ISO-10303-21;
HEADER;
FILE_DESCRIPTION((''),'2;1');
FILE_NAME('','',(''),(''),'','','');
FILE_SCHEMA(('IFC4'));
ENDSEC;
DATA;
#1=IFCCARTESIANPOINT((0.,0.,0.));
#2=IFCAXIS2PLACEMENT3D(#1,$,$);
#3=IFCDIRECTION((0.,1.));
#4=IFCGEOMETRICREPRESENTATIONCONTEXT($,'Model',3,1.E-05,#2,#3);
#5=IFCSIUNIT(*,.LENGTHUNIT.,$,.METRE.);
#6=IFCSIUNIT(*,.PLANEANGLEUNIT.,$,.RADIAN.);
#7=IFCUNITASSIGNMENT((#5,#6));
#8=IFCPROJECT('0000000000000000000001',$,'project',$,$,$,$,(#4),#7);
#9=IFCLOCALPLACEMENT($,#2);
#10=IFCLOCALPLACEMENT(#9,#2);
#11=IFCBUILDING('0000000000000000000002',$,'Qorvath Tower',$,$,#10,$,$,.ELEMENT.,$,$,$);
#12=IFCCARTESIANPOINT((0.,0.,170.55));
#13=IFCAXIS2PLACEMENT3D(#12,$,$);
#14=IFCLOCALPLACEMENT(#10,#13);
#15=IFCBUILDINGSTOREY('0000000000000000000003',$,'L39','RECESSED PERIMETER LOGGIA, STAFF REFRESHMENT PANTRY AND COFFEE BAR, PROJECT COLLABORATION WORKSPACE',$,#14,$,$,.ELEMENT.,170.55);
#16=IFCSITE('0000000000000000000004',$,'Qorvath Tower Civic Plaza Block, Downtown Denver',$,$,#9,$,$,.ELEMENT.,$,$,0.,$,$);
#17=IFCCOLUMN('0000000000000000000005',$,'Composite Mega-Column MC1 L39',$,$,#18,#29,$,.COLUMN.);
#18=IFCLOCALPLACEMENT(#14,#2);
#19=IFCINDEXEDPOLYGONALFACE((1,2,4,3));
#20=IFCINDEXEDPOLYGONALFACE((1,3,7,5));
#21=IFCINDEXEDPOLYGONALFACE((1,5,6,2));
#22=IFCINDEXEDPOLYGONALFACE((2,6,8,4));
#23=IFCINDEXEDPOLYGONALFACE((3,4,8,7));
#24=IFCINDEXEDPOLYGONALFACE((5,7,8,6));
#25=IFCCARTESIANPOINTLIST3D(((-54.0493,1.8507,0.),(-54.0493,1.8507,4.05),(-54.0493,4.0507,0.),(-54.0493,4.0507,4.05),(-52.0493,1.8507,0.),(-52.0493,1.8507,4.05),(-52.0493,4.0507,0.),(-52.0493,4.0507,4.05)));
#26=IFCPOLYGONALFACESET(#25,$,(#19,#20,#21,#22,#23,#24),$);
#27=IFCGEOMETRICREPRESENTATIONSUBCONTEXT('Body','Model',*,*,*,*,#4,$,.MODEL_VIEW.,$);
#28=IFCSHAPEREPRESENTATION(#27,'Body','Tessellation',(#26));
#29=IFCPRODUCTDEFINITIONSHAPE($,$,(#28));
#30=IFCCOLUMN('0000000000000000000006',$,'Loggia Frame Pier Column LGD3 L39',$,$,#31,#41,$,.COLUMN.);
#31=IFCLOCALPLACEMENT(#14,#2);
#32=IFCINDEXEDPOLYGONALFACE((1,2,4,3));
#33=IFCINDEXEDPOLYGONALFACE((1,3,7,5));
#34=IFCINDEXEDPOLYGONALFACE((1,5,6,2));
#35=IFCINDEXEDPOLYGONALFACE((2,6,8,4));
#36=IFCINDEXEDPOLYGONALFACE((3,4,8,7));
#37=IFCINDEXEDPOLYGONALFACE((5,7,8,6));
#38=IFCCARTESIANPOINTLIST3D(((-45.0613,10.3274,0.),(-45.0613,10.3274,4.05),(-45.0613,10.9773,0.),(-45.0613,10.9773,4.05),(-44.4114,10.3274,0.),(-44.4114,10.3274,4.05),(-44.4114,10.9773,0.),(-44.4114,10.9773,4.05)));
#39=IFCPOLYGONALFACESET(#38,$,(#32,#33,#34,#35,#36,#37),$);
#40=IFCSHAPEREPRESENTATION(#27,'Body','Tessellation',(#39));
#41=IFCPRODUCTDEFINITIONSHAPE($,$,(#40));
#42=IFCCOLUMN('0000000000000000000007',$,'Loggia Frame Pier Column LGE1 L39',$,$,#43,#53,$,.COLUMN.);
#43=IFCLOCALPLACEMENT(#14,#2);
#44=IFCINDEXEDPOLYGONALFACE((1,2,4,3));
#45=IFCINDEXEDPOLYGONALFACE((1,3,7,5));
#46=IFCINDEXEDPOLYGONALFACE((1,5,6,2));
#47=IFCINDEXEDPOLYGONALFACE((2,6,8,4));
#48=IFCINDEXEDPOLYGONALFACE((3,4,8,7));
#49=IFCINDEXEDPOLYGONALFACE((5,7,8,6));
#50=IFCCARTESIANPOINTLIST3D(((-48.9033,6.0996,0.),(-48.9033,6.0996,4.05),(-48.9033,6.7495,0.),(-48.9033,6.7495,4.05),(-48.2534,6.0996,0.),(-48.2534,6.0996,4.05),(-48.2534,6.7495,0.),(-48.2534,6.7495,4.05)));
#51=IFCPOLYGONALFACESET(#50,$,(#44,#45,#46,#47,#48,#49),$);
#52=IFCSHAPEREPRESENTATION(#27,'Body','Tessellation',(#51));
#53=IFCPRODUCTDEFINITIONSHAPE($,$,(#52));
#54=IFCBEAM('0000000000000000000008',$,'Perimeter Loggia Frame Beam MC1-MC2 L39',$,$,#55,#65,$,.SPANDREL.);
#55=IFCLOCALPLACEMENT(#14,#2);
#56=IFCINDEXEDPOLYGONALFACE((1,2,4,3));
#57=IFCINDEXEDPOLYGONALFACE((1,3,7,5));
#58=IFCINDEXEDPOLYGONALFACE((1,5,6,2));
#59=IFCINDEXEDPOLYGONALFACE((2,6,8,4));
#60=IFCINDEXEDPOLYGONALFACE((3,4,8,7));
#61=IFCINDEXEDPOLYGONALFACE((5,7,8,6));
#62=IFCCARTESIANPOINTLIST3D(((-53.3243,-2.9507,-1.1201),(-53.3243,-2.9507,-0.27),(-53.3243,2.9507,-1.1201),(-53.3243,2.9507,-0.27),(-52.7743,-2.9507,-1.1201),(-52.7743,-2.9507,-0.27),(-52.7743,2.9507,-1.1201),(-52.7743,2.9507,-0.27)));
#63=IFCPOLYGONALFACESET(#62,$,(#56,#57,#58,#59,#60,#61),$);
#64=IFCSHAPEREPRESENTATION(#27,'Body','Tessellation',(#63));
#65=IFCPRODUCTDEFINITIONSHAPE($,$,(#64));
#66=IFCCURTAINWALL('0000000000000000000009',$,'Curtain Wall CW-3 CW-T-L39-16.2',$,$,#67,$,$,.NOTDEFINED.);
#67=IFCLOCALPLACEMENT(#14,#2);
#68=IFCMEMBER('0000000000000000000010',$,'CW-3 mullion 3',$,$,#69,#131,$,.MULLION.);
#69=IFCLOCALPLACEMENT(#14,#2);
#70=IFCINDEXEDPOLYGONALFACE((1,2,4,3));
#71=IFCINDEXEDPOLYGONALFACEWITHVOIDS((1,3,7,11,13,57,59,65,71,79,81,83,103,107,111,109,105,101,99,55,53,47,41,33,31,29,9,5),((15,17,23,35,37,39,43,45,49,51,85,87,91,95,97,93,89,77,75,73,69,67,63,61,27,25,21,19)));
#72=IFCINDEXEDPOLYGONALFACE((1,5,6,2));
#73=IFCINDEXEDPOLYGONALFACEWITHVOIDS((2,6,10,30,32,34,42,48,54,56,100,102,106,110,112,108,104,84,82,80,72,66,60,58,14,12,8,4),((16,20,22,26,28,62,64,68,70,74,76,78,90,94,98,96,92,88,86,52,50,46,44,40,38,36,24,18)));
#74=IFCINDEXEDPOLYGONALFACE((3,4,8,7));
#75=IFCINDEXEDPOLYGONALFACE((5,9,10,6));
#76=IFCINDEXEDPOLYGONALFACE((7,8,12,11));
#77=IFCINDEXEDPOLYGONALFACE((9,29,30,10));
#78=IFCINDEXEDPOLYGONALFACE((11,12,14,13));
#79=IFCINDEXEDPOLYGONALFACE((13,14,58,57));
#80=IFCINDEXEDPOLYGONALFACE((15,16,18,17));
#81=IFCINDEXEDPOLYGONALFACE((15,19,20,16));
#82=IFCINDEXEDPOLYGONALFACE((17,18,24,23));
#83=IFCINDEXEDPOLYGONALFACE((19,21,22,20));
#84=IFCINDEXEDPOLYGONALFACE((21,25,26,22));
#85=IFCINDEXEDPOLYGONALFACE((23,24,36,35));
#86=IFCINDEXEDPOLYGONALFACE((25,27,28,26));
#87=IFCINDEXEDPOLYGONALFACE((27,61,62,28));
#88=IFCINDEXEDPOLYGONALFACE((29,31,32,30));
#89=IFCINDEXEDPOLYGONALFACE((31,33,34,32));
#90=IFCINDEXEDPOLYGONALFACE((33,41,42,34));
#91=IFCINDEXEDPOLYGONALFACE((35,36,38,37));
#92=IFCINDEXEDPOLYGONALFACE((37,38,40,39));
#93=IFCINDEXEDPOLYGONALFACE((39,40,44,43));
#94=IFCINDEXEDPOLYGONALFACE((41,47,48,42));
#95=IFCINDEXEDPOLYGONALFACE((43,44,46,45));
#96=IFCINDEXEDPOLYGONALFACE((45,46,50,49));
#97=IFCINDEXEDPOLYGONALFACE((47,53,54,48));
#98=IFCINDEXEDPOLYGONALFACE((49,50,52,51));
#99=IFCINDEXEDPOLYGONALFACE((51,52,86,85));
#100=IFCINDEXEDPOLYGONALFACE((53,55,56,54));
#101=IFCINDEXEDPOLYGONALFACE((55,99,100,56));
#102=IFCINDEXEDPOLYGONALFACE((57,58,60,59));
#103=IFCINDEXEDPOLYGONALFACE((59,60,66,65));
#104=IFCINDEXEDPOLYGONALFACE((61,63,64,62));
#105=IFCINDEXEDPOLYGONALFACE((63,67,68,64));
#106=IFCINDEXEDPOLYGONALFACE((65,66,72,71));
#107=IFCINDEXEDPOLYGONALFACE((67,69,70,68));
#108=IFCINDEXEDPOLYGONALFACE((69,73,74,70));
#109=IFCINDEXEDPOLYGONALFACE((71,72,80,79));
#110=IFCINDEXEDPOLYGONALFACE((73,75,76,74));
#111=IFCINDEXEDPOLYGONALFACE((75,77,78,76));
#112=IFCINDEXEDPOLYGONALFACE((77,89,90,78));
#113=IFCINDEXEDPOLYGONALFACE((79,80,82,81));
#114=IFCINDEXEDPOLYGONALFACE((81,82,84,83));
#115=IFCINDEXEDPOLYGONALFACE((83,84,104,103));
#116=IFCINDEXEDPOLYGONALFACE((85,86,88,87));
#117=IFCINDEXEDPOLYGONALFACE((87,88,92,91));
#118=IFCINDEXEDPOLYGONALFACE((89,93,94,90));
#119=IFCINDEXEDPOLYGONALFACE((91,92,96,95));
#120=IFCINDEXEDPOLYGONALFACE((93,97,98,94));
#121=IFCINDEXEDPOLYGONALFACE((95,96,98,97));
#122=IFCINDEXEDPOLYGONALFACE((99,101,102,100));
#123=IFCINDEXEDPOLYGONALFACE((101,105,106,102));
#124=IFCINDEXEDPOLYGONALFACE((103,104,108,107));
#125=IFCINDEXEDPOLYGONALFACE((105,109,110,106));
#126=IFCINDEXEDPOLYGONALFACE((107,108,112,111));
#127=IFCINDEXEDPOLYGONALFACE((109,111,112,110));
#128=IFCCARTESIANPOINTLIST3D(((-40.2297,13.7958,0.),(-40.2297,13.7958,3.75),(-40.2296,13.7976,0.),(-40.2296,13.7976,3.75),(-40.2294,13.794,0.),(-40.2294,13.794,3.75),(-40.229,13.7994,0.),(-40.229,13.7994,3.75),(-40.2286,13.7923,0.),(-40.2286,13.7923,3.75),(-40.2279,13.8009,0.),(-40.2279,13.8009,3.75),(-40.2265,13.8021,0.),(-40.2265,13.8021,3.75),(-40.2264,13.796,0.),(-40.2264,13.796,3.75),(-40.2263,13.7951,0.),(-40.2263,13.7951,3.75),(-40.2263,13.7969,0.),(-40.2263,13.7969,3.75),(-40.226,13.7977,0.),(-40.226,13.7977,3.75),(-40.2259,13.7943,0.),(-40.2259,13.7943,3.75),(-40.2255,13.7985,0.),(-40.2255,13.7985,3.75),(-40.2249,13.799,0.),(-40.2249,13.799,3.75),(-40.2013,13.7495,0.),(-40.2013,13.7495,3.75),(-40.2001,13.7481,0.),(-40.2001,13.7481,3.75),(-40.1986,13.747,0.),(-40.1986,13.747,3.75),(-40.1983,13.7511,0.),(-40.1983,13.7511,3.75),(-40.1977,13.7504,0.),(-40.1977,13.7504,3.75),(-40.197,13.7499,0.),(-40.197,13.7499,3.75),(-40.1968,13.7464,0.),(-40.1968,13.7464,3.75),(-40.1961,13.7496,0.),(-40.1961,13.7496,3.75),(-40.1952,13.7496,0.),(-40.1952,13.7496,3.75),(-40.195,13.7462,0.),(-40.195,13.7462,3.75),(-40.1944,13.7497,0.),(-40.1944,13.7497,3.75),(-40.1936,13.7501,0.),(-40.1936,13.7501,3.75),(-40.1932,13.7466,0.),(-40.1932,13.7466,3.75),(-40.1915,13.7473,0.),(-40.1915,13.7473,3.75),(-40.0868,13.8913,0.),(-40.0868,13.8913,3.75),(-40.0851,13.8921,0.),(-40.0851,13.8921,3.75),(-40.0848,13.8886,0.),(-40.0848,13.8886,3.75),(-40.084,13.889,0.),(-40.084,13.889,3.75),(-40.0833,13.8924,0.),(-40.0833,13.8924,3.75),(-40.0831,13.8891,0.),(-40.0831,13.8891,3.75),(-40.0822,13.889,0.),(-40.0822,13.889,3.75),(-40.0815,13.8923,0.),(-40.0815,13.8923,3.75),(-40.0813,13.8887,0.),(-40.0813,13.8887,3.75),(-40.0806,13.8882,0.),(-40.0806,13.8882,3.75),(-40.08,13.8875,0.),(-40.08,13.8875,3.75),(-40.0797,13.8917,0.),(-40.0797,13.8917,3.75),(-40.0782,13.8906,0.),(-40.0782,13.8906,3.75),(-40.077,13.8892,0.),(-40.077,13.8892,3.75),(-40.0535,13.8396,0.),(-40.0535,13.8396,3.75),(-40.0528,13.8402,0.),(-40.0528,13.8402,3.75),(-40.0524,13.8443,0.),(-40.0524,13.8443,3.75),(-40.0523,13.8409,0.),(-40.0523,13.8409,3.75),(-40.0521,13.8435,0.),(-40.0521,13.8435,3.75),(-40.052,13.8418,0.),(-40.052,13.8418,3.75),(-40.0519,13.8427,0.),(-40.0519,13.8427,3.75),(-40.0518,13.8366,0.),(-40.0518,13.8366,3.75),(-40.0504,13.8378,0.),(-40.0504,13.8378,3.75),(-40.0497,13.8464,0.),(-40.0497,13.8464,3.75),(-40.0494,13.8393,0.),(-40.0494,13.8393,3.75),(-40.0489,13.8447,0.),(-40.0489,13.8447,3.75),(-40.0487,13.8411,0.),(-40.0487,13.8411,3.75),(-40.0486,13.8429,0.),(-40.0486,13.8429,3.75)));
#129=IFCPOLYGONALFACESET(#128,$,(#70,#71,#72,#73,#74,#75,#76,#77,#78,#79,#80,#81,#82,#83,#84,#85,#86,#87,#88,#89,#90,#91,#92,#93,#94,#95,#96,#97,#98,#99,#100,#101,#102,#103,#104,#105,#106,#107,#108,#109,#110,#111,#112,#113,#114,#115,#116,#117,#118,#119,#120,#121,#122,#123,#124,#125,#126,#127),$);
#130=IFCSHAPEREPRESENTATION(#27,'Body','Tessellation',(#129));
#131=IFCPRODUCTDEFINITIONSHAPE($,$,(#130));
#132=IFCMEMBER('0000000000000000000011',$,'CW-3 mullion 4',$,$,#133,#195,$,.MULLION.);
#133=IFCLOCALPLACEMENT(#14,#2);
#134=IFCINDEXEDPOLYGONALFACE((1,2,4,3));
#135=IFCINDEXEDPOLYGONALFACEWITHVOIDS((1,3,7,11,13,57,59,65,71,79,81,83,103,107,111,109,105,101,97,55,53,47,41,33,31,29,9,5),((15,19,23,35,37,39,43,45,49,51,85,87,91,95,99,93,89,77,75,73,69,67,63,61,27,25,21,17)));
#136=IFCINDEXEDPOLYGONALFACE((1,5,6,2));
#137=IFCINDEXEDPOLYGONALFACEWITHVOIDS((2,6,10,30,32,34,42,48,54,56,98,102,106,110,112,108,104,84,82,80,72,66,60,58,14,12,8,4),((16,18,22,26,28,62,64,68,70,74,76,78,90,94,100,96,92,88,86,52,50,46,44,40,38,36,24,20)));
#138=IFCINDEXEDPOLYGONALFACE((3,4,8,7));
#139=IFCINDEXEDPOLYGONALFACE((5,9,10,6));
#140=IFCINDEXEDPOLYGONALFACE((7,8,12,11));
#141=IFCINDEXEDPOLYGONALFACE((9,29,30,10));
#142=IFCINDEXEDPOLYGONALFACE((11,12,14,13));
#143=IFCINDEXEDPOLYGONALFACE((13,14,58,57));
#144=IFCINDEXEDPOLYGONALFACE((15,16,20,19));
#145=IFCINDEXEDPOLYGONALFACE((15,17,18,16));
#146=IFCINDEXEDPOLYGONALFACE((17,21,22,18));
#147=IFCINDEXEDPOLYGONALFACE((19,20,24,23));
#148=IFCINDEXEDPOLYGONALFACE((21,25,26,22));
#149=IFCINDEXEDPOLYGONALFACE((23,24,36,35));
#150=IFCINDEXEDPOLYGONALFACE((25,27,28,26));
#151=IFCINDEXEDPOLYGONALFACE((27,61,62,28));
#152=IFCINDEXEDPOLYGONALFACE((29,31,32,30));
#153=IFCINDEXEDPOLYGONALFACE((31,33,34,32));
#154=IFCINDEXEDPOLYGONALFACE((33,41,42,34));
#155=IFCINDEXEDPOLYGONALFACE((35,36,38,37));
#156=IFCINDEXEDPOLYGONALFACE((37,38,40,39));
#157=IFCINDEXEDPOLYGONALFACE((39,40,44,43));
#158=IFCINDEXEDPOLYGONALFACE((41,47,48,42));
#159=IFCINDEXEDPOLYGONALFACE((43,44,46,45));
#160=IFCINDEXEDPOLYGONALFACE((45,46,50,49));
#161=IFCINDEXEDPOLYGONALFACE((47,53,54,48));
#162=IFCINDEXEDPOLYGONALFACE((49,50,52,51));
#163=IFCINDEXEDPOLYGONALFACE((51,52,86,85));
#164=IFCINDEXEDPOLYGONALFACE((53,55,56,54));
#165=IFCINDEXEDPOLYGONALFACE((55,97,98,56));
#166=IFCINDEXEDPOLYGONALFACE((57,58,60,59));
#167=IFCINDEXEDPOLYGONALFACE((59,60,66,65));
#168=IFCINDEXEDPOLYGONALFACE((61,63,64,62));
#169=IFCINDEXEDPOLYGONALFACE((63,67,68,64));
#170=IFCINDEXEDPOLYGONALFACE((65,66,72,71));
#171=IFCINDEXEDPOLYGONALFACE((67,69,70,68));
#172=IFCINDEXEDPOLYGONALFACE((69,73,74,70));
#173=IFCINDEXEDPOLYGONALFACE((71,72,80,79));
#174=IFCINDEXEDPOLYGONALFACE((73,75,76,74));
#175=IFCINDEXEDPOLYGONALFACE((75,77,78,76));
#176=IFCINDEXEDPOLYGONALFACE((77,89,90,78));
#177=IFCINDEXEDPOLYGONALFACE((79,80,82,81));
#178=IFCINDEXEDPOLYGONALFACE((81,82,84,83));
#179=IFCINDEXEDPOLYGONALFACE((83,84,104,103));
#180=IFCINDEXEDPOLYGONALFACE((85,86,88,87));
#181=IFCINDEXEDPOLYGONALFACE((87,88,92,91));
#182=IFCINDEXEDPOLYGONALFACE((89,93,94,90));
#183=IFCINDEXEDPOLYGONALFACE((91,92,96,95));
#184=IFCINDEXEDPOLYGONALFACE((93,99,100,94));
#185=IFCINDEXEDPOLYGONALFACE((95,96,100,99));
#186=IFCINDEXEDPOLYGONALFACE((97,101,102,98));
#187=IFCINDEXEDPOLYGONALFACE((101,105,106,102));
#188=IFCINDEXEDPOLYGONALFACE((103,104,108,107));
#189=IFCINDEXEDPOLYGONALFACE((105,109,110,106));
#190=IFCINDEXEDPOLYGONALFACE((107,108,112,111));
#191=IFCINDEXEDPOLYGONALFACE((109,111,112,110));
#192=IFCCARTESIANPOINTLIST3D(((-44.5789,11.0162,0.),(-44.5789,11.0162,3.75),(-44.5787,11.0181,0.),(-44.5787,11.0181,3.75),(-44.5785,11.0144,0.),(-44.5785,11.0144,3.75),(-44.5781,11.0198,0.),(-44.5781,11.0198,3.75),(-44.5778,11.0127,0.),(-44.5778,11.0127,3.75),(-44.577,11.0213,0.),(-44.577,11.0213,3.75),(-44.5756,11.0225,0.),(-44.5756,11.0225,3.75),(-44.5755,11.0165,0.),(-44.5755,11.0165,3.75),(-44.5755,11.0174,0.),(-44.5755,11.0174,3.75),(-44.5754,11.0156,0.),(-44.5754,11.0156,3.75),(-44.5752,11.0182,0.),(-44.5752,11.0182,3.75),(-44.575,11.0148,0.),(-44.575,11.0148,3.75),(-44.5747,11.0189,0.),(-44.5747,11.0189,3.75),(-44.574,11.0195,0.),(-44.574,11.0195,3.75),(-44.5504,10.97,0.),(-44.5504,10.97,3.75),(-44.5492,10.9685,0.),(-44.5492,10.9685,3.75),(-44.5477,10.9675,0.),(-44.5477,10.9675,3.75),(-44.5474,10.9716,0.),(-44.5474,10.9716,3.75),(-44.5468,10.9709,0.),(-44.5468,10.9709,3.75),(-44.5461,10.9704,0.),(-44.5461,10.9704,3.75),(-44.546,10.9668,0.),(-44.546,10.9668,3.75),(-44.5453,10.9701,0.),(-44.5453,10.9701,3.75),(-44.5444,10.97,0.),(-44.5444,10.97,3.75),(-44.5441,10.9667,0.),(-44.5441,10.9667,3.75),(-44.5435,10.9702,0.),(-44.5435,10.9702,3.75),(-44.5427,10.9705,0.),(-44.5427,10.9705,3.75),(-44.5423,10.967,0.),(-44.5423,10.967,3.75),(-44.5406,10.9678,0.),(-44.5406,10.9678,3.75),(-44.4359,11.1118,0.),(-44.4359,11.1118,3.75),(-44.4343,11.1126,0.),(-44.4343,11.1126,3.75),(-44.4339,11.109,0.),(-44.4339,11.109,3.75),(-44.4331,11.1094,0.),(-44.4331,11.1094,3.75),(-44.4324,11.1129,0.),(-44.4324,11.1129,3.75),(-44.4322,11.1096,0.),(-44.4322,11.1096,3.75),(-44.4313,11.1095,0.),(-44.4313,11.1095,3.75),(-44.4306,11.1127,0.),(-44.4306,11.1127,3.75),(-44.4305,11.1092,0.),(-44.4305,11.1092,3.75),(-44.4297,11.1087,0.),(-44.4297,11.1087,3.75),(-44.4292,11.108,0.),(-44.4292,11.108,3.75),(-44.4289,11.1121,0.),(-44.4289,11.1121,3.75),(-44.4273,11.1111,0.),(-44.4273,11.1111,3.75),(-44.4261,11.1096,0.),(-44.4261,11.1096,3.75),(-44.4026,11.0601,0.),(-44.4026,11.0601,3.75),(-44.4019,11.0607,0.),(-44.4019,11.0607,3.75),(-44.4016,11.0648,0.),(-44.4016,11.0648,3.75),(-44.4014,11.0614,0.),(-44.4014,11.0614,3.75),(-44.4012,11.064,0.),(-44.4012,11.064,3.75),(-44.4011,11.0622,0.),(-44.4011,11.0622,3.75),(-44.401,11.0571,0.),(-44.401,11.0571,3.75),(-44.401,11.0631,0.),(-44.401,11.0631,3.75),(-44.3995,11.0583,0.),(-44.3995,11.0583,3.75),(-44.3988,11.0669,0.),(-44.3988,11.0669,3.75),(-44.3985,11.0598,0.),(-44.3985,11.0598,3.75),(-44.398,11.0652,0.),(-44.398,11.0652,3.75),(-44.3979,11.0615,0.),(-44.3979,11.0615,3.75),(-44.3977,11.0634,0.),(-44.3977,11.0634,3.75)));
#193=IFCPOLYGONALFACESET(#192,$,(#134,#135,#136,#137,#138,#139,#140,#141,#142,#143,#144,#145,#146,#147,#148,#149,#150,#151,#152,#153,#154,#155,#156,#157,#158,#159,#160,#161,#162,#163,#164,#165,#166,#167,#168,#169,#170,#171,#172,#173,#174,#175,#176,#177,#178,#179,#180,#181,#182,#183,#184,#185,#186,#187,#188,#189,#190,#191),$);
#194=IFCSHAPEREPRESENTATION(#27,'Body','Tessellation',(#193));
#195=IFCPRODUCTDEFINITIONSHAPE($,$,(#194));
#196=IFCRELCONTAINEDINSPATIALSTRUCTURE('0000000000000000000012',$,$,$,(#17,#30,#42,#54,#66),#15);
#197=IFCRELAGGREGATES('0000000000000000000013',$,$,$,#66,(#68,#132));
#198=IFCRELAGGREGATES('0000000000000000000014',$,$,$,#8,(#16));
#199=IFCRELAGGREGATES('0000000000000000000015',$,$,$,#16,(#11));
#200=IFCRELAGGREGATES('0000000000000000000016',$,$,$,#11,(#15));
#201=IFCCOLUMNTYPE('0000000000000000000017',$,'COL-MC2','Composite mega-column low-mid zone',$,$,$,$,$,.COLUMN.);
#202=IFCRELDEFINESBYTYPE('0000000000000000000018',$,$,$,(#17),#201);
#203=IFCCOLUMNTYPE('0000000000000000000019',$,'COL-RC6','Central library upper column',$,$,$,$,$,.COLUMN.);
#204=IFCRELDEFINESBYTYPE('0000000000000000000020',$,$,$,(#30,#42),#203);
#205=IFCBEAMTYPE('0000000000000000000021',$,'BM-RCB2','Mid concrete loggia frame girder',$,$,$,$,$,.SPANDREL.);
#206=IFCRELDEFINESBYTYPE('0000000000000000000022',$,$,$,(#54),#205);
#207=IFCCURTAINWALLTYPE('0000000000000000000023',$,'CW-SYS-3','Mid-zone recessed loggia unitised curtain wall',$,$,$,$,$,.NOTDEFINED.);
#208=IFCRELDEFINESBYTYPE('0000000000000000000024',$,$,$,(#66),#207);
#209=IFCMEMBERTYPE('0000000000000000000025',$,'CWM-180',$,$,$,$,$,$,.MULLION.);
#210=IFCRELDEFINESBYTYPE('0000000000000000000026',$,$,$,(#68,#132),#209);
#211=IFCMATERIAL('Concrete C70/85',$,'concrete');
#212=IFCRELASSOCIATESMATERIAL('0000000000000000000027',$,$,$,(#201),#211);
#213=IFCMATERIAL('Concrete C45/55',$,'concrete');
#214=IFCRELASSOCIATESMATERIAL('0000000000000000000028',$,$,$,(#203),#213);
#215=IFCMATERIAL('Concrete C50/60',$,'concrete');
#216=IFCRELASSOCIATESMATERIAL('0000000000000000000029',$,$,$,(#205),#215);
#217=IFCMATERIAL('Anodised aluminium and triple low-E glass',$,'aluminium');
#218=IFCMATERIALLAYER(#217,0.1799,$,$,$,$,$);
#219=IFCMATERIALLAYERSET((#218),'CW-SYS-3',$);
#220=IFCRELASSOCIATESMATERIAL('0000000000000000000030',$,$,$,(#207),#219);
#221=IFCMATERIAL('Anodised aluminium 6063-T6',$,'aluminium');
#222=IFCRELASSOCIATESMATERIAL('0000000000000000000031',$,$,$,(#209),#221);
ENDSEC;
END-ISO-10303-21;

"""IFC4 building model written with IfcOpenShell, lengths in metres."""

from ifc_helpers import new_model, si_unit, direction, frame, origin, origin_2d, place, context, subcontext, project, spatial, rectangle, hollow_rectangle, extrude, material, layer, layer_set, material_profile, profile_set, type_object, element, aggregate, save


model = new_model("IFC4")

# Units and contexts
model_context = context("Model", 3, precision=1e-05, world=origin(), true_north=direction((0.0, 1.0)))
body_context = subcontext(model_context, "Body", "Model", "MODEL_VIEW")
ifc_project = project(units=[si_unit("LENGTHUNIT", "METRE"), si_unit("PLANEANGLEUNIT", "RADIAN")], contexts=[model_context])

# Site, building, storey
site_placement = place(None, origin())
site = spatial("IfcSite", under=ifc_project, at=site_placement, Name="Qorvath Tower Civic Plaza Block, Downtown Denver", CompositionType="ELEMENT", RefElevation=0.0)
building_placement = place(site_placement, origin())
building = spatial("IfcBuilding", under=site, at=building_placement, Name="Qorvath Tower", CompositionType="ELEMENT")
storey_placement = place(building_placement, frame((0.0, 0.0, 170.55)))
storey = spatial("IfcBuildingStorey", under=building, at=storey_placement, Name="L39", Description="RECESSED PERIMETER LOGGIA, STAFF REFRESHMENT PANTRY AND COFFEE BAR, PROJECT COLLABORATION WORKSPACE", CompositionType="ELEMENT", Elevation=170.55)

# Columns
ifc_material_1 = material(Name="Concrete C70/85", Category="concrete")
ifc_material_profile_1 = material_profile(ifc_material_1, rectangle(XDim=2.0, YDim=2.2, at=origin_2d()), Name="MC 2200x2000")
ifc_profile_set_1 = profile_set([ifc_material_profile_1], Name="Concrete C70/85")
column_type_1 = type_object("IfcColumnType", Name="COL-MC2", Description="Composite mega-column low-mid zone", PredefinedType="COLUMN", material=ifc_profile_set_1)
column_placement = place(storey_placement, frame((-53.0493, 2.9507, 0.0), z_axis=(0.0, 0.0, 1.0), x_axis=(1.0, 0.0, 0.0)))
element("IfcColumn", 1, at=column_placement, inside=storey, type_object=column_type_1, Name="Composite Mega-Column MC1 L39", PredefinedType="COLUMN", context=body_context, shape_type="SweptSolid", body=[
    extrude(rectangle(XDim=2.0, YDim=2.2, at=origin_2d()), origin(), (0.0, 0.0, 1.0), 4.05),
])
ifc_material_2 = material(Name="Concrete C45/55", Category="concrete")
ifc_material_profile_2 = material_profile(ifc_material_2, rectangle(XDim=0.6499, YDim=0.6499, at=origin_2d()), Name="RC 650x650")
ifc_profile_set_2 = profile_set([ifc_material_profile_2], Name="Concrete C45/55")
column_type_2 = type_object("IfcColumnType", Name="COL-RC6", Description="Central library upper column", PredefinedType="COLUMN", material=ifc_profile_set_2)
for number, where, z_axis, x_axis, name in (
    (2, (-44.7363, 10.6523, 0.0), (0.0, 0.0, 1.0), (1.0, 0.0, 0.0), "Loggia Frame Pier Column LGD3 L39"),
    (3, (-48.5784, 6.4246, 0.0), (0.0, 0.0, 1.0), (1.0, 0.0, 0.0), "Loggia Frame Pier Column LGE1 L39"),
):
    element("IfcColumn", number, at=place(storey_placement, frame(where, z_axis=z_axis, x_axis=x_axis)), inside=storey, type_object=column_type_2, Name=name, PredefinedType="COLUMN", context=body_context, shape_type="SweptSolid", body=[
        extrude(rectangle(XDim=0.6499, YDim=0.6499, at=origin_2d()), origin(), (0.0, 0.0, 1.0), 4.05),
    ])

# Beam
ifc_material_3 = material(Name="Concrete C50/60", Category="concrete")
ifc_material_profile_3 = material_profile(ifc_material_3, rectangle(XDim=0.55, YDim=0.8501, at=origin_2d()), Name="RCB 850x550")
ifc_profile_set_3 = profile_set([ifc_material_profile_3], Name="Concrete C50/60")
beam_type = type_object("IfcBeamType", Name="BM-RCB2", Description="Mid concrete loggia frame girder", PredefinedType="SPANDREL", material=ifc_profile_set_3)
beam_placement = place(storey_placement, frame((-53.0493, 2.9507, -0.6951), z_axis=(0.0, -1.0, 0.0), x_axis=(1.0, 0.0, 0.0)))
element("IfcBeam", 4, at=beam_placement, inside=storey, type_object=beam_type, Name="Perimeter Loggia Frame Beam MC1-MC2 L39", PredefinedType="SPANDREL", context=body_context, shape_type="SweptSolid", body=[
    extrude(rectangle(XDim=0.55, YDim=0.8501, at=origin_2d()), origin(), (0.0, 0.0, 1.0), 5.9014),
])

# Curtain wall, members
ifc_material_4 = material(Name="Anodised aluminium and triple low-E glass", Category="aluminium")
ifc_layer_1 = layer(ifc_material_4, 0.1799)
ifc_layer_set_1 = layer_set([ifc_layer_1], Name="CW-SYS-3")
curtain_wall_type = type_object("IfcCurtainWallType", Name="CW-SYS-3", Description="Mid-zone recessed loggia unitised curtain wall", PredefinedType="NOTDEFINED", material=ifc_layer_set_1)
curtain_wall_1_placement = place(storey_placement, origin())
curtain_wall_1 = element("IfcCurtainWall", 5, at=curtain_wall_1_placement, inside=storey, type_object=curtain_wall_type, Name="Curtain Wall CW-3 CW-T-L39-16.2", PredefinedType="NOTDEFINED")
ifc_material_5 = material(Name="Anodised aluminium 6063-T6", Category="aluminium")
ifc_material_profile_4 = material_profile(ifc_material_5, hollow_rectangle(XDim=0.0649, YDim=0.1799, WallThickness=0.0034, InnerFilletRadius=0.0034, OuterFilletRadius=0.0071, at=origin_2d()), Name="CWM 180x65")
ifc_profile_set_4 = profile_set([ifc_material_profile_4], Name="Anodised aluminium 6063-T6")
member_type_1 = type_object("IfcMemberType", Name="CWM-180", PredefinedType="MULLION", material=ifc_profile_set_4)
member_1_placement = place(storey_placement, frame((-40.1392, 13.8193, 0.0), z_axis=(0.0, 0.0, 1.0), x_axis=(0.538537, -0.842602, 0.0)))
member_1 = element("IfcMember", 6, at=member_1_placement, type_object=member_type_1, Name="CW-3 mullion 3", PredefinedType="MULLION", context=body_context, shape_type="SweptSolid", body=[
    extrude(hollow_rectangle(XDim=0.0649, YDim=0.1799, WallThickness=0.0034, InnerFilletRadius=0.0034, OuterFilletRadius=0.0071, at=origin_2d()), origin(), (0.0, 0.0, 1.0), 3.75),
])
member_2_placement = place(storey_placement, frame((-44.4883, 11.0398, 0.0), z_axis=(0.0, 0.0, 1.0), x_axis=(0.538537, -0.842602, 0.0)))
member_2 = element("IfcMember", 7, at=member_2_placement, type_object=member_type_1, Name="CW-3 mullion 4", PredefinedType="MULLION", context=body_context, shape_type="SweptSolid", body=[
    extrude(hollow_rectangle(XDim=0.0649, YDim=0.1799, WallThickness=0.0034, InnerFilletRadius=0.0034, OuterFilletRadius=0.0071, at=origin_2d()), origin(), (0.0, 0.0, 1.0), 3.75),
])

aggregate(curtain_wall_1, [member_1, member_2])

save(model, "model.ifc")
